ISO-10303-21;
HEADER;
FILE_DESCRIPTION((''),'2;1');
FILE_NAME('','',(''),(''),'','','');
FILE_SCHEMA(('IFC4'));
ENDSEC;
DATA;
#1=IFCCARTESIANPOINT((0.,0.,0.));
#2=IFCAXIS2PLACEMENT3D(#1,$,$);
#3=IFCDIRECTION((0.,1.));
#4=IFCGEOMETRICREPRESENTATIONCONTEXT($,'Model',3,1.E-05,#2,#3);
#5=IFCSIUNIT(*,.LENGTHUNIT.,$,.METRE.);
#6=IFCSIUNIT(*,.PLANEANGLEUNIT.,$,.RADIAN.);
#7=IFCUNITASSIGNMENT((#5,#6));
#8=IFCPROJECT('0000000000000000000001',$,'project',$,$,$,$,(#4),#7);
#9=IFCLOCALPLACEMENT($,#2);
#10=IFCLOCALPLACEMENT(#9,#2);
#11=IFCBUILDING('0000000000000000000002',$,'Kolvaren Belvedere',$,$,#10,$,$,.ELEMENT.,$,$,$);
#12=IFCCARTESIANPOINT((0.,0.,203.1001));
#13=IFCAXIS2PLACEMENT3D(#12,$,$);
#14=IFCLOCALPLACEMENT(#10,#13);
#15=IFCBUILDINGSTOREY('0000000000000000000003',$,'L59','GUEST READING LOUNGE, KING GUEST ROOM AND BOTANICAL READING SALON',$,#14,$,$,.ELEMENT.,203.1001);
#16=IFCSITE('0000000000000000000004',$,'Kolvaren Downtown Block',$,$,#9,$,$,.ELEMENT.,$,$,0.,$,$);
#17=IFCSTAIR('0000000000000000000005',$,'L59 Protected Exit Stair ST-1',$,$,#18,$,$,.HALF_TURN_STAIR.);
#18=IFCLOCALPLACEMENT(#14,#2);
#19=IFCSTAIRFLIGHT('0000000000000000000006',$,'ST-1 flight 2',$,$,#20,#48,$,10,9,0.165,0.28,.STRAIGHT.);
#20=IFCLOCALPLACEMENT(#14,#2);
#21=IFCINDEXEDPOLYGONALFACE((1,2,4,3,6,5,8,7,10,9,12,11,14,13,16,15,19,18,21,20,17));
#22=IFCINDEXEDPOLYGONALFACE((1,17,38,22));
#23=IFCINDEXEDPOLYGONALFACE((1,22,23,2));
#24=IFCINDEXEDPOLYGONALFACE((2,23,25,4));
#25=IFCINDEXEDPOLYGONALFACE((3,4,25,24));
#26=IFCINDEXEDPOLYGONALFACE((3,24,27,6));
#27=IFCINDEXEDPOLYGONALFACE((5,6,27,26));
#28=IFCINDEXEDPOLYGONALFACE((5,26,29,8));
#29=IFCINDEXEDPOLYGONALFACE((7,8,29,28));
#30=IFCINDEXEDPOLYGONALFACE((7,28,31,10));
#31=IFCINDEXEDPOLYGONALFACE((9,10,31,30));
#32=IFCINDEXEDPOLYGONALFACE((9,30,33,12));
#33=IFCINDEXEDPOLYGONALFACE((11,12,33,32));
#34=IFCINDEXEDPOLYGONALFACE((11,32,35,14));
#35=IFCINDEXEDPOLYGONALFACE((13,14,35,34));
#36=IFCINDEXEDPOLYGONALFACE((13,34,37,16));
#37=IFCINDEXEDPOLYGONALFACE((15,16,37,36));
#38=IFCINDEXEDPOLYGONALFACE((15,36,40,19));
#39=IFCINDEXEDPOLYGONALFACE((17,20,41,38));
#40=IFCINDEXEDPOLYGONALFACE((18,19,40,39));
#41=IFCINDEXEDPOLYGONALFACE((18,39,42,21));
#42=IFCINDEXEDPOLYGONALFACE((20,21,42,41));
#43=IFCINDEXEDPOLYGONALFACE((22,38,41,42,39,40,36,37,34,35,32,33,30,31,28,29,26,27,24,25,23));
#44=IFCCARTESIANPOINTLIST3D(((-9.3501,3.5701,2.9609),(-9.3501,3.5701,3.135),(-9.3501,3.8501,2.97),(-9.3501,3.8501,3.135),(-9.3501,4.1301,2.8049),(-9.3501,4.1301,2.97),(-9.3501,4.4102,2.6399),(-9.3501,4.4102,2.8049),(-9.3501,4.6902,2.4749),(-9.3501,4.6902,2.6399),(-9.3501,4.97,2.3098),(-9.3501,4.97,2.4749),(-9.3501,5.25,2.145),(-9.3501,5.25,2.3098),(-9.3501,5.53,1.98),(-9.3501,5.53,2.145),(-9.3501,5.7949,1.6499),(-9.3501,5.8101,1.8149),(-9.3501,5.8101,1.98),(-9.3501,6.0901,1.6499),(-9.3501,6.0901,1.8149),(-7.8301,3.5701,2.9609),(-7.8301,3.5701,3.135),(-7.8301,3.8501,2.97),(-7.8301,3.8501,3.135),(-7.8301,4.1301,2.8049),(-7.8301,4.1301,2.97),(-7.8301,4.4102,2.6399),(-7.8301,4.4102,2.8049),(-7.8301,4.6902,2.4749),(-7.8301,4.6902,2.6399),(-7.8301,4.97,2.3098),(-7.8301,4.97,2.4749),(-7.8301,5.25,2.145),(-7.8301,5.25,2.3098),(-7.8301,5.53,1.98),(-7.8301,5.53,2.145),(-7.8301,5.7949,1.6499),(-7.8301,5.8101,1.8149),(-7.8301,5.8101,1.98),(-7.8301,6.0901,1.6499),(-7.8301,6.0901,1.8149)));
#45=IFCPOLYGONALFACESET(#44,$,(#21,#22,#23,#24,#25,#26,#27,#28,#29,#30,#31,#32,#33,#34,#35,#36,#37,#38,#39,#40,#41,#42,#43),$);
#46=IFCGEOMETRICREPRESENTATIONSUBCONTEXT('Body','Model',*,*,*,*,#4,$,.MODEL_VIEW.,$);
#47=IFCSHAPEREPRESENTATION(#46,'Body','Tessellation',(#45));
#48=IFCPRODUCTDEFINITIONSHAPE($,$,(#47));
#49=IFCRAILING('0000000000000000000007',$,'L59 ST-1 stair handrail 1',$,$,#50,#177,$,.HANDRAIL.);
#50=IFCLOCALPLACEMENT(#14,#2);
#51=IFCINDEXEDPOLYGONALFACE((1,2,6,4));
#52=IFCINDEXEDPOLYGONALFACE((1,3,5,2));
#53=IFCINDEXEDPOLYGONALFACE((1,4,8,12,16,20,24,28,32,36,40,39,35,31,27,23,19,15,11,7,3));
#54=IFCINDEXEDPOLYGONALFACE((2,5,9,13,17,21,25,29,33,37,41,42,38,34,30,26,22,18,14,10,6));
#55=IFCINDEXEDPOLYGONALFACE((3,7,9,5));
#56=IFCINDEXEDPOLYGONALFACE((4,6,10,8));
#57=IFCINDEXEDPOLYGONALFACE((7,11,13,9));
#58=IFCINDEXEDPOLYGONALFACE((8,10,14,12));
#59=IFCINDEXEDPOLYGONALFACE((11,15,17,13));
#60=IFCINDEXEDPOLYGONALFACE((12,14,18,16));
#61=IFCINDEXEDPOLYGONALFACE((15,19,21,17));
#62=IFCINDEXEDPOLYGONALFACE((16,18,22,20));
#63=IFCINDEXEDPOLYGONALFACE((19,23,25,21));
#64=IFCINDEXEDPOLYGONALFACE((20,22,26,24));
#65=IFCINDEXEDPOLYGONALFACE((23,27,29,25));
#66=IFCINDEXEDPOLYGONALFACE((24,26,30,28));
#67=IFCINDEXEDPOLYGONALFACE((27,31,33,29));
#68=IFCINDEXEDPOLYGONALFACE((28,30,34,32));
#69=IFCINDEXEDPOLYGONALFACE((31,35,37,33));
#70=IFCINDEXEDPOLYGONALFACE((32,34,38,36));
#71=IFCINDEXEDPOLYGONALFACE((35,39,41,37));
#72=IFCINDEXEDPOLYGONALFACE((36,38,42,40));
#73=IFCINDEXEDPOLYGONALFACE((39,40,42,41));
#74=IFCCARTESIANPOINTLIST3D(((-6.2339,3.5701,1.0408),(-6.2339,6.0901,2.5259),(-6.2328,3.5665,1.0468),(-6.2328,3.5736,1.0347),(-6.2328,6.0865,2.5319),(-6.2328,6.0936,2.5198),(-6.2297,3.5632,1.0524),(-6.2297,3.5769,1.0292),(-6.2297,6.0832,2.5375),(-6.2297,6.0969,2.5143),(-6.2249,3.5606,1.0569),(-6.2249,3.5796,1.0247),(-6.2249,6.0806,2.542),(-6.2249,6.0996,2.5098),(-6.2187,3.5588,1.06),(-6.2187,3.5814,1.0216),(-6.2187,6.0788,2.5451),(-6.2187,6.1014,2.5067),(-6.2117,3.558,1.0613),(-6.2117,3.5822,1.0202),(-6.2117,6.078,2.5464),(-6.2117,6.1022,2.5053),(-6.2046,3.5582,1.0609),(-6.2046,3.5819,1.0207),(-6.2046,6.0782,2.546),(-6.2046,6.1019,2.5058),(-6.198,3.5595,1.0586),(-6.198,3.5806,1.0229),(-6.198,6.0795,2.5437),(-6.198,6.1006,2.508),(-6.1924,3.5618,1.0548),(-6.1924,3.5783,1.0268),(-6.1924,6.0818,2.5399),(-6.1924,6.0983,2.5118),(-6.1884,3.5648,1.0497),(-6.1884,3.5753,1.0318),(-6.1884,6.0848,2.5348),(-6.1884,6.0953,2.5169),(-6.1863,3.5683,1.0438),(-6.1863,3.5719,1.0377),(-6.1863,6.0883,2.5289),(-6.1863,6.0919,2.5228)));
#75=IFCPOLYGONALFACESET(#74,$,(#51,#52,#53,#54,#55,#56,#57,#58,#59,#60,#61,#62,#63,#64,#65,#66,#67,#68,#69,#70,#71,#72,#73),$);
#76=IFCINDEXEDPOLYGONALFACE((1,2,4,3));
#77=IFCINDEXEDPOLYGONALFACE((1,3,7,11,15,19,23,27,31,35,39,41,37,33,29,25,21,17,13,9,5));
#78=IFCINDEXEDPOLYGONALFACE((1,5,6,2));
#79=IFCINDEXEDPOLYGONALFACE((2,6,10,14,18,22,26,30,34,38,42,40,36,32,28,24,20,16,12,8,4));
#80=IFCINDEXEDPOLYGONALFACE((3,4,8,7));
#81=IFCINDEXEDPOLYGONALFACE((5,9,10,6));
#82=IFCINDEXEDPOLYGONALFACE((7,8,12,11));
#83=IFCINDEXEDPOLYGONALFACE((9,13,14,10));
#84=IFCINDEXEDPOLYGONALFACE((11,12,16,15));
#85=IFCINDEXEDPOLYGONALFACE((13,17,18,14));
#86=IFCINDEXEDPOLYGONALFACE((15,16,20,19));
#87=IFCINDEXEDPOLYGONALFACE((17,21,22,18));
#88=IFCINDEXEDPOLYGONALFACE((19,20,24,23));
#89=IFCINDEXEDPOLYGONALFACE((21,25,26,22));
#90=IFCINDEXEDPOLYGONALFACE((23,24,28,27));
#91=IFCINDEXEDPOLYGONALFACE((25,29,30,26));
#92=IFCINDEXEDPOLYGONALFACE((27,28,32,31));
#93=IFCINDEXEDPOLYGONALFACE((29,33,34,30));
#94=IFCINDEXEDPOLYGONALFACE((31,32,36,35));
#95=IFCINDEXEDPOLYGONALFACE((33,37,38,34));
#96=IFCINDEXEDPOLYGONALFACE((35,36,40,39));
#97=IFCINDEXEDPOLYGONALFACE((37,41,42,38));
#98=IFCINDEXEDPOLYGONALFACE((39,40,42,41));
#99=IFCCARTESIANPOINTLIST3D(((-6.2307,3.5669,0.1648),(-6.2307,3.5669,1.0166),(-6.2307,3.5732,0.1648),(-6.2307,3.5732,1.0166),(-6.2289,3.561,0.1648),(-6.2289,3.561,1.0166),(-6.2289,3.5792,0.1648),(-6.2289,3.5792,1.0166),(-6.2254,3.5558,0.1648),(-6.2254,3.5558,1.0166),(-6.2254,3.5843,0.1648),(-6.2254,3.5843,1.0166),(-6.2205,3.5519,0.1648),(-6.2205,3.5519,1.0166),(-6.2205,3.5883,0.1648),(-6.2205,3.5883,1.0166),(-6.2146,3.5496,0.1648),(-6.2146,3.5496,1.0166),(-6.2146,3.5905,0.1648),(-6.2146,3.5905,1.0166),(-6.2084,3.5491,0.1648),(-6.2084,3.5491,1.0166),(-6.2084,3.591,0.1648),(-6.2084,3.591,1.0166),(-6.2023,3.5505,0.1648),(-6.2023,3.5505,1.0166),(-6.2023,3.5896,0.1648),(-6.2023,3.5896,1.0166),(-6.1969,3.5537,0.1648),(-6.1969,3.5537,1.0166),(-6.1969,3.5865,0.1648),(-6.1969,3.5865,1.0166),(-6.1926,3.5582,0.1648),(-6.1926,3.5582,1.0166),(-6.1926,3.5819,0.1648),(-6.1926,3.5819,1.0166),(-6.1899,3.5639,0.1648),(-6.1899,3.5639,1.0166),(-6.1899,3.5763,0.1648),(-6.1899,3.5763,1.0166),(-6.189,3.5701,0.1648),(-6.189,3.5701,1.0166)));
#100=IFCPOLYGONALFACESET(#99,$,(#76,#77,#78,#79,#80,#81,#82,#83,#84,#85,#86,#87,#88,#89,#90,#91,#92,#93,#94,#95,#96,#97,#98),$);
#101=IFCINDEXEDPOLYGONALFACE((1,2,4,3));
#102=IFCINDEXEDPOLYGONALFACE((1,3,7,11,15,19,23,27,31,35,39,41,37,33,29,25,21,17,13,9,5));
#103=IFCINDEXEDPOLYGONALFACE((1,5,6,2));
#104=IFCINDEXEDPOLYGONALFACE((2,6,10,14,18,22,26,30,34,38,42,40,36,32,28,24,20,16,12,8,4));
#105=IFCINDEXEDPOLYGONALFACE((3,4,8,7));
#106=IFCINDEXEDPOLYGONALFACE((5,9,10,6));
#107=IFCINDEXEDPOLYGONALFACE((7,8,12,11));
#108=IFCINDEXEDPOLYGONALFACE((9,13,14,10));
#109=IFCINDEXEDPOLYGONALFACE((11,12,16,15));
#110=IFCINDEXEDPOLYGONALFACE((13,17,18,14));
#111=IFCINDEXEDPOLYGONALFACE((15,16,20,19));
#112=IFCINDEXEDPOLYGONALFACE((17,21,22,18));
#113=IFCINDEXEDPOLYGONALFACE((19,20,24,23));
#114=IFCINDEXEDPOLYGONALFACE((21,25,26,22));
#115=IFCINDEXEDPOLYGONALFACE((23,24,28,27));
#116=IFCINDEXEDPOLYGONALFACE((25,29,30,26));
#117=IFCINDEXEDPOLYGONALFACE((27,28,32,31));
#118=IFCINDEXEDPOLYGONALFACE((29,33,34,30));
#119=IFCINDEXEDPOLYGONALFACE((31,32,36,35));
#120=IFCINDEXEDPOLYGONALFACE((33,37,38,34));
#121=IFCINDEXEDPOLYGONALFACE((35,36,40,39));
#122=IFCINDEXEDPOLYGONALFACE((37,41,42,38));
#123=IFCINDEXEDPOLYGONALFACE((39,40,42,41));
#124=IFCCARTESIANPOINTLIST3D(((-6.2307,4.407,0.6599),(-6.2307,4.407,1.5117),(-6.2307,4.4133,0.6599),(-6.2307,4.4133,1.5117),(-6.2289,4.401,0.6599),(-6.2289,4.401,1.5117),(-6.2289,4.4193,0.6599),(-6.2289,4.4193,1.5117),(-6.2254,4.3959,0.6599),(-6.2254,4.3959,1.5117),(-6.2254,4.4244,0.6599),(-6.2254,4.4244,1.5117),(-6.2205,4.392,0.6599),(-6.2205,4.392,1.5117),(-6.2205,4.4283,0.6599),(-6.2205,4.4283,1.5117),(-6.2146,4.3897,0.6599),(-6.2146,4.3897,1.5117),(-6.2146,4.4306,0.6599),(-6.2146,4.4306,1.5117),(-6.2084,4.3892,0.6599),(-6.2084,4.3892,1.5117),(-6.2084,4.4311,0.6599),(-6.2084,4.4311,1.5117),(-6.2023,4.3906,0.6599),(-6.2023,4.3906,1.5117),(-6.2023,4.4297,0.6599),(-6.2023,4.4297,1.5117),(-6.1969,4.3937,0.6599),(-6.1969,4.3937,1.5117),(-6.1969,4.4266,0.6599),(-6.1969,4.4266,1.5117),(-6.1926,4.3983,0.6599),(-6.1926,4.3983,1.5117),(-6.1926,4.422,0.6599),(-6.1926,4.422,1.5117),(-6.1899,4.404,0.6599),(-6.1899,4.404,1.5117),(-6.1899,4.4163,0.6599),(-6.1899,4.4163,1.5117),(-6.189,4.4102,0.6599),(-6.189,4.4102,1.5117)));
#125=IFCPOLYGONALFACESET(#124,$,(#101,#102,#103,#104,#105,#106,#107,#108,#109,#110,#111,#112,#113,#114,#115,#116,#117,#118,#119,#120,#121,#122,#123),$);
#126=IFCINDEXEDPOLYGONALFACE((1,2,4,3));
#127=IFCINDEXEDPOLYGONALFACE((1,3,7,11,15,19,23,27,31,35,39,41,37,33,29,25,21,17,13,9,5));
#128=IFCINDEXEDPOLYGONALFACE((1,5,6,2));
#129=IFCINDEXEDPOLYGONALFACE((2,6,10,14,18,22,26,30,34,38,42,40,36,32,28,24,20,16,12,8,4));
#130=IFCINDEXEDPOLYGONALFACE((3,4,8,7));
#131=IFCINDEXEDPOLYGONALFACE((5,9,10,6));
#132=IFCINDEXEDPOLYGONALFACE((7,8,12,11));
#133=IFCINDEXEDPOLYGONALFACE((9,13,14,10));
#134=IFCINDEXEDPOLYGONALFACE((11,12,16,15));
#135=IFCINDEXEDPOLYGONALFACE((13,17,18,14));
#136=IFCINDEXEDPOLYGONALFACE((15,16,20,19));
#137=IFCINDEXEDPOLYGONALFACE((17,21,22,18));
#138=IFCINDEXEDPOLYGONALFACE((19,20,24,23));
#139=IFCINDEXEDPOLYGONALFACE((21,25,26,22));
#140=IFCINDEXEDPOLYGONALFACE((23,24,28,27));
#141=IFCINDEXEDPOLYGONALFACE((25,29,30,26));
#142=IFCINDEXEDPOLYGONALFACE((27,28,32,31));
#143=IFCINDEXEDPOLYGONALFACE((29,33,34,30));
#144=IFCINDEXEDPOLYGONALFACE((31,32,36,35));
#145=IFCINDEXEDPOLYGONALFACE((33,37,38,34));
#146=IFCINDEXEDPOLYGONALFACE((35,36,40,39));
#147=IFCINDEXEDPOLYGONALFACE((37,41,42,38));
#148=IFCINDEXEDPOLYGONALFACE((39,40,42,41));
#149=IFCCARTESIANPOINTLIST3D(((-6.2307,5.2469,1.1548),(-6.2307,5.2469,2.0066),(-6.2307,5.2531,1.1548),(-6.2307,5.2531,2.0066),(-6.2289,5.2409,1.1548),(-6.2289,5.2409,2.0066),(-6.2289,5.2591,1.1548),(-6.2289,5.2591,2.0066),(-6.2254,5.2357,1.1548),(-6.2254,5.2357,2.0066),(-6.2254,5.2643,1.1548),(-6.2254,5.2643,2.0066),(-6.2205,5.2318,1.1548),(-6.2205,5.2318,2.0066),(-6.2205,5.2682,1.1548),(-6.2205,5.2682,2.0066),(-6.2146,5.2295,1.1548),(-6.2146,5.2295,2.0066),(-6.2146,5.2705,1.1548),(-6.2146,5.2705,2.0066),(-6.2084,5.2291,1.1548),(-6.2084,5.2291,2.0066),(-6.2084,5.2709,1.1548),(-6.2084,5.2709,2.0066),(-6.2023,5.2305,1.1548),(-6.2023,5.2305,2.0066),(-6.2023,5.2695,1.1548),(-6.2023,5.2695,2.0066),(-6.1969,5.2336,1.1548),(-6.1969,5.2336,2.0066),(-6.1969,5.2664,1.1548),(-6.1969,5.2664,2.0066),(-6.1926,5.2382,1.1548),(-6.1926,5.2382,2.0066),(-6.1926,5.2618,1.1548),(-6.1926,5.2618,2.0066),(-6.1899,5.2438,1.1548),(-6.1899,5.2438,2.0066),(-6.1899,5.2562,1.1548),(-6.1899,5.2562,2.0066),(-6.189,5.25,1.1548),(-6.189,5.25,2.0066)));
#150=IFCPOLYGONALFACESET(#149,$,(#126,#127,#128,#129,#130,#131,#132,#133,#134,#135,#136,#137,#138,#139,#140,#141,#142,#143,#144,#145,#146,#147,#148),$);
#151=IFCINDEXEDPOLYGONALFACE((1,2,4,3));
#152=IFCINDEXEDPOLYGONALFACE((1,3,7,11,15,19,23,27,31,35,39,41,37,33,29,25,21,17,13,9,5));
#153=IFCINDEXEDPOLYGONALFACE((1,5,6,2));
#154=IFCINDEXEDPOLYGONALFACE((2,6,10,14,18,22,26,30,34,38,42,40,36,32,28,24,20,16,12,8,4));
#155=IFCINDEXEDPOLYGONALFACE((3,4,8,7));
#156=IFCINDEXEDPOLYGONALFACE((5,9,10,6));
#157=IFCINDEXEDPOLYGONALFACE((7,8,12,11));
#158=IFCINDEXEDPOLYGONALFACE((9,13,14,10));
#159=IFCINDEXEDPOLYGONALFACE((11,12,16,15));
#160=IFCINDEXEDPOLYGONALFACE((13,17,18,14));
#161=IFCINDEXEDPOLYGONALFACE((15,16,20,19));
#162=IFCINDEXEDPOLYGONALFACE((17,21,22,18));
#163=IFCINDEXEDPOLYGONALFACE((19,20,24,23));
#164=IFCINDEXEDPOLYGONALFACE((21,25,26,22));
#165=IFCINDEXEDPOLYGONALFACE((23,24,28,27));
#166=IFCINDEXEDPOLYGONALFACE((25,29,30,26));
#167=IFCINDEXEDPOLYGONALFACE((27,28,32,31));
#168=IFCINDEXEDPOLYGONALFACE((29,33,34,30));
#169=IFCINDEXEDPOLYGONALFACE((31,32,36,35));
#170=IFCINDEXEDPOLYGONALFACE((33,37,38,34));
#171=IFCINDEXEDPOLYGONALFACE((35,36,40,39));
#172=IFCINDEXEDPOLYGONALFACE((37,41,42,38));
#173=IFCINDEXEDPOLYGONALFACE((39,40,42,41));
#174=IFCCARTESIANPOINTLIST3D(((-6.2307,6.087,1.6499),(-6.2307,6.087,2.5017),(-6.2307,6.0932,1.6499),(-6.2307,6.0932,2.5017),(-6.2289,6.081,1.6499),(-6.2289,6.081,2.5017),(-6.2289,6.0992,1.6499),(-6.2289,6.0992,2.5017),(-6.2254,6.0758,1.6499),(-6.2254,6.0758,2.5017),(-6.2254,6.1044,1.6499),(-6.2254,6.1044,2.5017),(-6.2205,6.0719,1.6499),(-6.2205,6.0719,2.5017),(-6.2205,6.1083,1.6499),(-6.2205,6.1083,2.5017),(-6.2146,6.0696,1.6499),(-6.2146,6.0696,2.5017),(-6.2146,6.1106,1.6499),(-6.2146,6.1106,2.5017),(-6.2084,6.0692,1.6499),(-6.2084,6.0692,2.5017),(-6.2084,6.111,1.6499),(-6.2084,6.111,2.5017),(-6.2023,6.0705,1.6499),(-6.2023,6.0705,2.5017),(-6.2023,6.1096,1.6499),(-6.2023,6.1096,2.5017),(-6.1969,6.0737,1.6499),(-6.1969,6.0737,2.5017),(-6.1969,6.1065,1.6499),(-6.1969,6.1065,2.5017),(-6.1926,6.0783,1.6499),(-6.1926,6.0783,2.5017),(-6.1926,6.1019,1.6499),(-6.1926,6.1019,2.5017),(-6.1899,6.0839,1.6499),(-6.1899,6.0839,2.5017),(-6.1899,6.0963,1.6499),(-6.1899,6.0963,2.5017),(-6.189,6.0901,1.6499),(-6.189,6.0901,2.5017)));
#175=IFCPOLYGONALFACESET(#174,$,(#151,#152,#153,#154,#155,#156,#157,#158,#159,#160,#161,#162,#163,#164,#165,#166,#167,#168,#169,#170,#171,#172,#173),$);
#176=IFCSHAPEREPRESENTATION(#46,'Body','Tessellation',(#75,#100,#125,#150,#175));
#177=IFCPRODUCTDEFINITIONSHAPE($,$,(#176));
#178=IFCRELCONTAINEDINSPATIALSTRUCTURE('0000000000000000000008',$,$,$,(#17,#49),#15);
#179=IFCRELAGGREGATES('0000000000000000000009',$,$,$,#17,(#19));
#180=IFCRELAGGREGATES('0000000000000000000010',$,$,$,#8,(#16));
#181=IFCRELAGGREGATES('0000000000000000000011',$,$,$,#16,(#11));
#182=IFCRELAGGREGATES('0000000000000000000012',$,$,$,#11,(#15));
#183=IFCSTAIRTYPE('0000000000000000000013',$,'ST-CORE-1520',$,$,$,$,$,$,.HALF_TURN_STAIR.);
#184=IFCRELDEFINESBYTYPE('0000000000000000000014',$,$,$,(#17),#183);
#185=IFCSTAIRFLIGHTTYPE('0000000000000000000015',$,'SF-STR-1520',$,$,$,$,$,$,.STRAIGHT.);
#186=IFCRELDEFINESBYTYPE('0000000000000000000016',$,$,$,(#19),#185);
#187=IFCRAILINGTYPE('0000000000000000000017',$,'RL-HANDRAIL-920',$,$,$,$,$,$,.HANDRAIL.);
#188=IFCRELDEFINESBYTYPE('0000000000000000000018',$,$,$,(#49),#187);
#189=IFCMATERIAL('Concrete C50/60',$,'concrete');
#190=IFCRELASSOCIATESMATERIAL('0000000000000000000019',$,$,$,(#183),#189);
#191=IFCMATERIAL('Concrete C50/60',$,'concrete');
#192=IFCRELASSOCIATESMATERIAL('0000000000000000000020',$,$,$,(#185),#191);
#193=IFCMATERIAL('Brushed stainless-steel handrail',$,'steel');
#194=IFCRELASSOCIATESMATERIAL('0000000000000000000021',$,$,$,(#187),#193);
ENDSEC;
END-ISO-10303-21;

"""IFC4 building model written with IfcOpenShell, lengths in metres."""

from ifc_helpers import new_model, si_unit, direction, frame, origin, origin_2d, place, context, subcontext, project, spatial, polyline, circle, outline, extrude, material, type_object, element, aggregate, save


model = new_model("IFC4")

# Units and contexts
model_context = context("Model", 3, precision=1e-05, world=origin(), true_north=direction((0.0, 1.0)))
body_context = subcontext(model_context, "Body", "Model", "MODEL_VIEW")
ifc_project = project(units=[si_unit("LENGTHUNIT", "METRE"), si_unit("PLANEANGLEUNIT", "RADIAN")], contexts=[model_context])

# Site, building, storey
site_placement = place(None, origin())
site = spatial("IfcSite", under=ifc_project, at=site_placement, Name="Kolvaren Downtown Block", CompositionType="ELEMENT", RefElevation=0.0)
building_placement = place(site_placement, origin())
building = spatial("IfcBuilding", under=site, at=building_placement, Name="Kolvaren Belvedere", CompositionType="ELEMENT")
storey_placement = place(building_placement, frame((0.0, 0.0, 203.1001)))
storey = spatial("IfcBuildingStorey", under=building, at=storey_placement, Name="L59", Description="GUEST READING LOUNGE, KING GUEST ROOM AND BOTANICAL READING SALON", CompositionType="ELEMENT", Elevation=203.1001)

# Stair, stair flight
ifc_material_1 = material(Name="Concrete C50/60", Category="concrete")
stair_type = type_object("IfcStairType", Name="ST-CORE-1520", PredefinedType="HALF_TURN_STAIR", material=ifc_material_1)
stair_placement = place(storey_placement, origin())
stair = element("IfcStair", 1, at=stair_placement, inside=storey, type_object=stair_type, Name="L59 Protected Exit Stair ST-1", PredefinedType="HALF_TURN_STAIR")
ifc_material_2 = material(Name="Concrete C50/60", Category="concrete")
stair_flight_type = type_object("IfcStairFlightType", Name="SF-STR-1520", PredefinedType="STRAIGHT", material=ifc_material_2)
stair_flight_1_placement = place(storey_placement, frame((-8.5901, 6.0901, 1.6499), z_axis=(0.0, 0.0, 1.0), x_axis=(0.0, -1.0, 0.0)))
stair_flight_1 = element("IfcStairFlight", 2, at=stair_flight_1_placement, type_object=stair_flight_type, Name="ST-1 flight 2", NumberOfRisers=10, NumberOfTreads=9, PredefinedType="STRAIGHT", RiserHeight=0.165, TreadLength=0.28, context=body_context, shape_type="SweptSolid", body=[
    extrude(outline(polyline([(0.0, 0.0), (0.0, 0.165), (0.28, 0.165), (0.28, 0.3301), (0.5601, 0.3301), (0.5601, 0.4951), (0.8401, 0.4951), (0.8401, 0.6599), (1.1201, 0.6599), (1.1201, 0.825), (1.3999, 0.825), (1.3999, 0.99), (1.6799, 0.99), (1.6799, 1.155), (1.96, 1.155), (1.96, 1.3201), (2.24, 1.3201), (2.24, 1.4851), (2.52, 1.4851), (2.52, 1.6499), (2.52, 1.311), (0.2952, 0.0), (0.0, 0.0)])), frame((0.0, 0.76, 0.0), z_axis=(0.0, -1.0, 0.0), x_axis=(1.0, 0.0, 0.0)), (0.0, 0.0, 1.0), 1.52),
])
aggregate(stair, [stair_flight_1])

# Railing
ifc_material_3 = material(Name="Brushed stainless-steel handrail", Category="steel")
railing_type_1 = type_object("IfcRailingType", Name="RL-HANDRAIL-920", PredefinedType="HANDRAIL", material=ifc_material_3)
railing_1_placement = place(storey_placement, frame((-6.21, 3.5701, 0.1648)))
element("IfcRailing", 3, at=railing_1_placement, inside=storey, type_object=railing_type_1, Name="L59 ST-1 stair handrail 1", PredefinedType="HANDRAIL", context=body_context, shape_type="SweptSolid", body=[
    extrude(circle(Radius=0.0239, at=origin_2d()), frame((0.0, 0.0, 0.876), z_axis=(0.0, 0.861524, 0.507717), x_axis=(-1.0, 0.0, 0.0)), (0.0, 0.0, 1.0), 2.925),
    extrude(circle(Radius=0.021, at=origin_2d()), origin(), (0.0, 0.0, 1.0), 0.8518),
    extrude(circle(Radius=0.021, at=origin_2d()), frame((0.0, 0.8401, 0.4951)), (0.0, 0.0, 1.0), 0.8518),
    extrude(circle(Radius=0.021, at=origin_2d()), frame((0.0, 1.6799, 0.99)), (0.0, 0.0, 1.0), 0.8518),
    extrude(circle(Radius=0.021, at=origin_2d()), frame((0.0, 2.52, 1.4851)), (0.0, 0.0, 1.0), 0.8518),
])

save(model, "model.ifc")
